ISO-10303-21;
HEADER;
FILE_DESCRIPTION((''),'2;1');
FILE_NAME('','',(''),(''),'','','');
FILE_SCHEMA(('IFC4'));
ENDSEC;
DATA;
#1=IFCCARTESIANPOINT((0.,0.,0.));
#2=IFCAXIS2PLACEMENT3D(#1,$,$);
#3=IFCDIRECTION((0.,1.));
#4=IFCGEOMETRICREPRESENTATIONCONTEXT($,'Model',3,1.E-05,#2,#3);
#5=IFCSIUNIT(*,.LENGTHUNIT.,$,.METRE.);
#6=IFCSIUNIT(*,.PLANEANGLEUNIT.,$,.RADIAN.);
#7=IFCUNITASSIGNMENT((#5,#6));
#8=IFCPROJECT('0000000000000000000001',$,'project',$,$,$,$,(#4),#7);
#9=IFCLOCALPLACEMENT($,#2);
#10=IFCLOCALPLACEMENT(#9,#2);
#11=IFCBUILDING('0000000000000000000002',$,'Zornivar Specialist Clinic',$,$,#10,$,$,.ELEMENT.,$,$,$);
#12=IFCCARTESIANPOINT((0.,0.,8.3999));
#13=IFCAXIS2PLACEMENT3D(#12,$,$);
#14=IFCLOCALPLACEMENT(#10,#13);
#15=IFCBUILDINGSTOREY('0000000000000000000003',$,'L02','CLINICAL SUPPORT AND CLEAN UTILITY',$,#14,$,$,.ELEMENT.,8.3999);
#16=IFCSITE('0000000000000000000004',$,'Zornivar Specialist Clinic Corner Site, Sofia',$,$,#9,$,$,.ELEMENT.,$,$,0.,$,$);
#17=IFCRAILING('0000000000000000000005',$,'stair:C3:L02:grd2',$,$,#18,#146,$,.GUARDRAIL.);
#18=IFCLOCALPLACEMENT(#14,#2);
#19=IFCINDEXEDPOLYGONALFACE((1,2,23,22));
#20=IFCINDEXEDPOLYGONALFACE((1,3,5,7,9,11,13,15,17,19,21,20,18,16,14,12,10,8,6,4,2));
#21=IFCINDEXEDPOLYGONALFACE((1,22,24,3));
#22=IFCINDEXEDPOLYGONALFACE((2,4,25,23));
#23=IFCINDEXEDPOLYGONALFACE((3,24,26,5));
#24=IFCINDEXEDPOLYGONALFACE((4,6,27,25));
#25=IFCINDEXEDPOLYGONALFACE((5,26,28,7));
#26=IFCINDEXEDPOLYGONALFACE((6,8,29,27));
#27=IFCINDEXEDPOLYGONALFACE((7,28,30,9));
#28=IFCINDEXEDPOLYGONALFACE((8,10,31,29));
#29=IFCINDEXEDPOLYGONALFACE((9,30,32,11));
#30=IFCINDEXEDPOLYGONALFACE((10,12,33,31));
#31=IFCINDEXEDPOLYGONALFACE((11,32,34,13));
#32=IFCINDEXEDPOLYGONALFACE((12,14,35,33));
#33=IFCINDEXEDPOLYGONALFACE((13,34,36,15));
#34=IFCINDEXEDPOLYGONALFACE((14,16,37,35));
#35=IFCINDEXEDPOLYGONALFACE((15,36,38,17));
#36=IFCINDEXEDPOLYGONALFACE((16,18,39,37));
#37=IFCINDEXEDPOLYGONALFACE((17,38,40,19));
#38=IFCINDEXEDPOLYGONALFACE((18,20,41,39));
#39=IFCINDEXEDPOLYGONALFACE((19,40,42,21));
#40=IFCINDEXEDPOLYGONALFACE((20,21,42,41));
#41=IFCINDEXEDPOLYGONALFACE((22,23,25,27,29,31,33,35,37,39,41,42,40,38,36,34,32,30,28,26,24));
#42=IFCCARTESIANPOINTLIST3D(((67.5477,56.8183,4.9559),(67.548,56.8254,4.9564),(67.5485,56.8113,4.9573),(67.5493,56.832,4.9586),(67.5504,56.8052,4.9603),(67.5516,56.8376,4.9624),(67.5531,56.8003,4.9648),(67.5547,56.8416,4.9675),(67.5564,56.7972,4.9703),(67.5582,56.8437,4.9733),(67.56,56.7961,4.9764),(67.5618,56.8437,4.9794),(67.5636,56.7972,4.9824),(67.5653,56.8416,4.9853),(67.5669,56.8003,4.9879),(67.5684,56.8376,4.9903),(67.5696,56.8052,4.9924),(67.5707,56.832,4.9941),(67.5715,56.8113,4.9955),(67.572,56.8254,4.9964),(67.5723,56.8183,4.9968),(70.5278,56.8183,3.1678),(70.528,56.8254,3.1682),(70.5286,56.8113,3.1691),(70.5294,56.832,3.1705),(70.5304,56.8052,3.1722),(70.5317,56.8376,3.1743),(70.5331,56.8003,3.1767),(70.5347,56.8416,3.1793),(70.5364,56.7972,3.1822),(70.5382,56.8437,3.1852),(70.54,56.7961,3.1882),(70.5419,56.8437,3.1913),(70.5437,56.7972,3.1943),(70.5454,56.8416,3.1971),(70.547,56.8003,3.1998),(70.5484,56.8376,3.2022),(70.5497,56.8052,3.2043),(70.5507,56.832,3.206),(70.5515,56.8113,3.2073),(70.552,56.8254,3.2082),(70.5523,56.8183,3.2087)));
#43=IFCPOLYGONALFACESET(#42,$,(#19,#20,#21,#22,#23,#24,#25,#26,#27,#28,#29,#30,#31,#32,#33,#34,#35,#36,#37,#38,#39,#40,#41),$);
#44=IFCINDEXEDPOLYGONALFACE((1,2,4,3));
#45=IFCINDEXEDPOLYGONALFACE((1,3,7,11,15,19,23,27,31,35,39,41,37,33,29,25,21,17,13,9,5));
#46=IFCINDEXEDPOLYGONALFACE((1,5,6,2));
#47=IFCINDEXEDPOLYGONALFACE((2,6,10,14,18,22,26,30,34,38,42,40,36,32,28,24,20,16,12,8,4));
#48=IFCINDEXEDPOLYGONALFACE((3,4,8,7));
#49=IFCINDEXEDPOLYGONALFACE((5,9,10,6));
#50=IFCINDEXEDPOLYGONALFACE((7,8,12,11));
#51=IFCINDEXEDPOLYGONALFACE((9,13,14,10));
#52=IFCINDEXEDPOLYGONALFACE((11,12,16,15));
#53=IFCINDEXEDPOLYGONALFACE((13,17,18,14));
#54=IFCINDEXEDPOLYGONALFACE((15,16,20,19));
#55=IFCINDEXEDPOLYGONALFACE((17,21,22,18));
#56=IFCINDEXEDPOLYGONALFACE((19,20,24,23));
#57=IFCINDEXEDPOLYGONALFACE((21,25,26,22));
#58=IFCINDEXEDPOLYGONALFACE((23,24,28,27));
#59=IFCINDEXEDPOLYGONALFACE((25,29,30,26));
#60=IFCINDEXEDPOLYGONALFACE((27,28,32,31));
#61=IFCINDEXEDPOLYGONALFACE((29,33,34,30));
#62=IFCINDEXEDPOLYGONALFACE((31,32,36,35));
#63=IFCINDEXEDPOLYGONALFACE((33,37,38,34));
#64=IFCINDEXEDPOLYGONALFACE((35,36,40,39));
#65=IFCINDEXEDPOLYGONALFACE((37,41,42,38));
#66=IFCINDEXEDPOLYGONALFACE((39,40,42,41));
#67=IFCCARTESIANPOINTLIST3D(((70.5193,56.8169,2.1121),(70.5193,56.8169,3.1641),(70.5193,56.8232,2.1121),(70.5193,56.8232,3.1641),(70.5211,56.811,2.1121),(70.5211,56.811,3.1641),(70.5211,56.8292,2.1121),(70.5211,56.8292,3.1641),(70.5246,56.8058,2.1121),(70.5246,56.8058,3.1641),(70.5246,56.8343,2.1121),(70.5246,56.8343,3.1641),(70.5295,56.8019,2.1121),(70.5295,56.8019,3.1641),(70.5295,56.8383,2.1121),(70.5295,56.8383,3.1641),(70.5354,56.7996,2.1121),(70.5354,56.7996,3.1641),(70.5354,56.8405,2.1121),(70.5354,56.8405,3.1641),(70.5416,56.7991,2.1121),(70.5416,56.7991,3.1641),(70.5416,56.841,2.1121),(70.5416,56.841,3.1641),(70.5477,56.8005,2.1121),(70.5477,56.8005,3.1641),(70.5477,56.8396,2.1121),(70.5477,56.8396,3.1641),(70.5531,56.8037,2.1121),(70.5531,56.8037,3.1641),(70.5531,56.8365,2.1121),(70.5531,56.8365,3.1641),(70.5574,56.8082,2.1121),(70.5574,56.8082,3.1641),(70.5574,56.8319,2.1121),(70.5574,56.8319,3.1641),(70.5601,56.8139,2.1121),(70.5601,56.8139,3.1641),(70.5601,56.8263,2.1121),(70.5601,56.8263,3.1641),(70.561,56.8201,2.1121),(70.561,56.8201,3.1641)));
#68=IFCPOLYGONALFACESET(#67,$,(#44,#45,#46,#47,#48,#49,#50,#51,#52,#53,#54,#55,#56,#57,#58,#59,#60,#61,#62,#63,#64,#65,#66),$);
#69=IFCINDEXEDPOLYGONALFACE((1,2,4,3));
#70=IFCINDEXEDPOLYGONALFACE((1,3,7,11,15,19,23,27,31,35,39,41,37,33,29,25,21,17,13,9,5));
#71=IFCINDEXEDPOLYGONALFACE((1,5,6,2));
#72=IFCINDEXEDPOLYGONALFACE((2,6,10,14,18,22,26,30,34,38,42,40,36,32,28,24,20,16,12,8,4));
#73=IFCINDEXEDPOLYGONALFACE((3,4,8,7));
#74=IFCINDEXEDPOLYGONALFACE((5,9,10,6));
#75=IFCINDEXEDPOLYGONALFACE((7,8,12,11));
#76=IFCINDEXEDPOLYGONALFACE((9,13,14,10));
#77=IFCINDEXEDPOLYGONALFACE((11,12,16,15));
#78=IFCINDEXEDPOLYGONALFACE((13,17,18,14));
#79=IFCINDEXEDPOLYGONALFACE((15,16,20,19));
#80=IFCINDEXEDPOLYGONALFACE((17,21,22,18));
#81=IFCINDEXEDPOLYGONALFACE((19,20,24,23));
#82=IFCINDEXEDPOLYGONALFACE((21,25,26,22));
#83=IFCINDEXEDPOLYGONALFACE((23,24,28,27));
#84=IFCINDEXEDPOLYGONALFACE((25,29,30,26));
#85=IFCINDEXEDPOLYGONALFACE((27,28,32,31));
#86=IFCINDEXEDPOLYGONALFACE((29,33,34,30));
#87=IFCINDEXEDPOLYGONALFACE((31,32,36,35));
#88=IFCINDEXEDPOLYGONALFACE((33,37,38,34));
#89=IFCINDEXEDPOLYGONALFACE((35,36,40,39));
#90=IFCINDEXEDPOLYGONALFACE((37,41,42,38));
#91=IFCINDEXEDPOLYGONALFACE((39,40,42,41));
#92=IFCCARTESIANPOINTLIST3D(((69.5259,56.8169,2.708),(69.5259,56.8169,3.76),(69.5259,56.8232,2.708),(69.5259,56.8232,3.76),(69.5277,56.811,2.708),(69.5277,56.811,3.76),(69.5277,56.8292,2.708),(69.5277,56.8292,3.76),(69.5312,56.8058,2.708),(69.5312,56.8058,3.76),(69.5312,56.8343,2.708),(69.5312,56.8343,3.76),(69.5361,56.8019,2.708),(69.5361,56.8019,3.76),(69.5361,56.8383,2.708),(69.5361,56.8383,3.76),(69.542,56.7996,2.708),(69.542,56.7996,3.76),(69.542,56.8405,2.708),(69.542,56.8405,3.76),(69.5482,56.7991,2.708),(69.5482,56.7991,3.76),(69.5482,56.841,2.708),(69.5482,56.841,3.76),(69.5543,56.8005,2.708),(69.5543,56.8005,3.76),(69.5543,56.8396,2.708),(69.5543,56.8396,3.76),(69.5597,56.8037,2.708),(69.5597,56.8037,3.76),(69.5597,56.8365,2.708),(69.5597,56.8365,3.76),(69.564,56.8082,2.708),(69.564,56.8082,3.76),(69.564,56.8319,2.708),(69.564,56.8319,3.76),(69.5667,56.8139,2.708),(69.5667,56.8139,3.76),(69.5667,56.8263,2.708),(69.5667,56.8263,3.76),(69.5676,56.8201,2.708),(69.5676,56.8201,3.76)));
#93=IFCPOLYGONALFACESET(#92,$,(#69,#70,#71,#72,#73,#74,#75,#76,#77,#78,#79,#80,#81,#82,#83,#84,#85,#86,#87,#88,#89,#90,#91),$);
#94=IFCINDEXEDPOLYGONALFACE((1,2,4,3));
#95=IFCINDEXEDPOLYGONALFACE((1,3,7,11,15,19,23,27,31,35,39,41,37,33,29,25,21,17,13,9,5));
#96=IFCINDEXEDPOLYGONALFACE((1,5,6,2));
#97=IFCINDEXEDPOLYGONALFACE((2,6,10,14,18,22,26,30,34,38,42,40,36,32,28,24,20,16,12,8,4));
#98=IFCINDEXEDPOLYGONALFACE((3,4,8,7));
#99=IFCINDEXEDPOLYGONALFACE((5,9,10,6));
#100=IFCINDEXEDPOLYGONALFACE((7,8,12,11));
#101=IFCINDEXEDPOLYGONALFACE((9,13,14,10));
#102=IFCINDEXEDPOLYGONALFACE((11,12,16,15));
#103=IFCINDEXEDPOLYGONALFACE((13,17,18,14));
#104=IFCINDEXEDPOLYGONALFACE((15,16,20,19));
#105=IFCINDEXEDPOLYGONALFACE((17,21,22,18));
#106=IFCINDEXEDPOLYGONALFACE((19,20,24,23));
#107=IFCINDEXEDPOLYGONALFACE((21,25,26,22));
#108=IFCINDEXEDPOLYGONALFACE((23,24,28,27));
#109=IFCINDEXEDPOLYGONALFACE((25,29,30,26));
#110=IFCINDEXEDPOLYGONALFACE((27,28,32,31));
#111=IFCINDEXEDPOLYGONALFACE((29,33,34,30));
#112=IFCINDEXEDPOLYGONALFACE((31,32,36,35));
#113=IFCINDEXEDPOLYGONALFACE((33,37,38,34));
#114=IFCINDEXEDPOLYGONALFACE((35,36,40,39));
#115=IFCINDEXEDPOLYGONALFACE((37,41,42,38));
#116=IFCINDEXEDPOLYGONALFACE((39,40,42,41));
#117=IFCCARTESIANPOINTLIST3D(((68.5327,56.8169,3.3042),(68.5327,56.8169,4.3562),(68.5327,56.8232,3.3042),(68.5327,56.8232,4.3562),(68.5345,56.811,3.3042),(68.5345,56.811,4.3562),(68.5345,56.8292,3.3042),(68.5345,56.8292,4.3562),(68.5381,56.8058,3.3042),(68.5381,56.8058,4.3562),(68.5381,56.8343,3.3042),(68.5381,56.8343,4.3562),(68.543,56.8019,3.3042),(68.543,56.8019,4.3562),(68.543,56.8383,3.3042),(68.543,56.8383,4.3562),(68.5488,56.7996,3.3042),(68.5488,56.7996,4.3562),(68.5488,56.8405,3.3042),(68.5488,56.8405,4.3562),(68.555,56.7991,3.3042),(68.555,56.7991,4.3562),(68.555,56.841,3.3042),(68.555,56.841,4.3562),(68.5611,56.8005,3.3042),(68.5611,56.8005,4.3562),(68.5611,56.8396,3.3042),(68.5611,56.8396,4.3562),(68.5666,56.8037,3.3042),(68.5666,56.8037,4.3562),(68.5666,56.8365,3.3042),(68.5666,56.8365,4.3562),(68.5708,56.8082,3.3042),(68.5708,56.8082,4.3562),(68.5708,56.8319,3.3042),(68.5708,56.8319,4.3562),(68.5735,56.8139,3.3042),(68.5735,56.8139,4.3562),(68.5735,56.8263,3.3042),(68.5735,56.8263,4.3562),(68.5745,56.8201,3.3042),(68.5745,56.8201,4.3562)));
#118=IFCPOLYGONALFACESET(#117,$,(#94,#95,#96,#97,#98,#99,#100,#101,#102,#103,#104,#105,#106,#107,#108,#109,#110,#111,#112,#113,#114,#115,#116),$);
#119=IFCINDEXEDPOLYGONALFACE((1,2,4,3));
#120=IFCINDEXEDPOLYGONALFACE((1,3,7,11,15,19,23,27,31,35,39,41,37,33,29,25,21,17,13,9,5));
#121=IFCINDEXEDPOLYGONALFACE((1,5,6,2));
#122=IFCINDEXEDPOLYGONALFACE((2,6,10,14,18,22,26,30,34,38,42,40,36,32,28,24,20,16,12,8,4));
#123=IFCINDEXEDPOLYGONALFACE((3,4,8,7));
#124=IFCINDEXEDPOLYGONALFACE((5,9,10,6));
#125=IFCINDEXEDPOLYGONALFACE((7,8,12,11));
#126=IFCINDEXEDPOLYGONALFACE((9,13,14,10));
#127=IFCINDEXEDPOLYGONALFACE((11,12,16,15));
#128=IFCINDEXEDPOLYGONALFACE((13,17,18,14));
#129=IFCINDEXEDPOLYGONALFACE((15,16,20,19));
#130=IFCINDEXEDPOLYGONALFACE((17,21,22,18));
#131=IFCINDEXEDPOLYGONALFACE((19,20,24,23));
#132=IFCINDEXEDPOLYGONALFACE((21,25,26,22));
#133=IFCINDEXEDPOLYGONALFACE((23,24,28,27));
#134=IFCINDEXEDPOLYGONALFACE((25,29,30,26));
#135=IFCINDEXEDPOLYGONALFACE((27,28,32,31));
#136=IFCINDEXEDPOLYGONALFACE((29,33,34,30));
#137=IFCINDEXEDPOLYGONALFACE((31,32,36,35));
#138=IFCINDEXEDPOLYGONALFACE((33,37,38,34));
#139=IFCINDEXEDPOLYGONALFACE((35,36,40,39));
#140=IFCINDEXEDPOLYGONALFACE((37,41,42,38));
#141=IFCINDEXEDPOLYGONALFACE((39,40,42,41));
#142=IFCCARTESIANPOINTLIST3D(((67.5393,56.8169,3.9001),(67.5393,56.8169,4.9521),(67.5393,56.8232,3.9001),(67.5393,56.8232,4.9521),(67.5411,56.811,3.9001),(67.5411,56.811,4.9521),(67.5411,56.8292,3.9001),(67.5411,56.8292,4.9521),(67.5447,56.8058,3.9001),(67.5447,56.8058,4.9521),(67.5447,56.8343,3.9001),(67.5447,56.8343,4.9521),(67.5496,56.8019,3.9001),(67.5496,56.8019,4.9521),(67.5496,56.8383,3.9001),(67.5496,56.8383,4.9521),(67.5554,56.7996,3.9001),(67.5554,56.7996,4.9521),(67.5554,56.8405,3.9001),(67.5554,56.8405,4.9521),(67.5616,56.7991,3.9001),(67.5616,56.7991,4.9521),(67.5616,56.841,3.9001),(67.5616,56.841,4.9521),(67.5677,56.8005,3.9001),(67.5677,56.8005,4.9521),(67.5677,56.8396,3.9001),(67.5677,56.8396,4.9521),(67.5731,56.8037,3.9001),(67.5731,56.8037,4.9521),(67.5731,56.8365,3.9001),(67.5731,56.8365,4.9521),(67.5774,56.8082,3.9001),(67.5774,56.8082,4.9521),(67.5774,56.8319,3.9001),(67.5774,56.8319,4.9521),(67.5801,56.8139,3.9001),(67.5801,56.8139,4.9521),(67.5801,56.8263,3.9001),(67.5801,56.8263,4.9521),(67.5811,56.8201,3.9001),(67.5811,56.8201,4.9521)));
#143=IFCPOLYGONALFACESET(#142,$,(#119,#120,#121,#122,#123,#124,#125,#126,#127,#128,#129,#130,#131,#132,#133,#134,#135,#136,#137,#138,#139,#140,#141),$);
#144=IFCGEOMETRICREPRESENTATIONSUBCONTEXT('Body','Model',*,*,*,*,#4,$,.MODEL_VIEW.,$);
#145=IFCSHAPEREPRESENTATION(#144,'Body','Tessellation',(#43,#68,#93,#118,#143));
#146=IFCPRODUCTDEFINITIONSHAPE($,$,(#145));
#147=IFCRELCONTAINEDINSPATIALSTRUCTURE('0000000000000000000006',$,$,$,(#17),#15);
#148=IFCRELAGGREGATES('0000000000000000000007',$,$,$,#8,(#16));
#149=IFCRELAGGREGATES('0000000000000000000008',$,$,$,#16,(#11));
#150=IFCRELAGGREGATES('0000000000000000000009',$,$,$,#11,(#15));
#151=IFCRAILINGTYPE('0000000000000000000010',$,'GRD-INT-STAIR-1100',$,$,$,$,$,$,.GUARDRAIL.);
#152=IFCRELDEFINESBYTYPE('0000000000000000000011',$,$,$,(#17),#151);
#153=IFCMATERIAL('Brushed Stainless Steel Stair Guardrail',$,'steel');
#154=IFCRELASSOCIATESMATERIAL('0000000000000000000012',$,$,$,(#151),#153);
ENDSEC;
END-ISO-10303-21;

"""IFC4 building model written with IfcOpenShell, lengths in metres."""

from ifc_helpers import new_model, si_unit, direction, frame, origin, origin_2d, place, context, subcontext, project, spatial, circle, extrude, material, type_object, element, save


model = new_model("IFC4")

# Units and contexts
model_context = context("Model", 3, precision=1e-05, world=origin(), true_north=direction((0.0, 1.0)))
body_context = subcontext(model_context, "Body", "Model", "MODEL_VIEW")
ifc_project = project(units=[si_unit("LENGTHUNIT", "METRE"), si_unit("PLANEANGLEUNIT", "RADIAN")], contexts=[model_context])

# Site, building, storey
site_placement = place(None, origin())
site = spatial("IfcSite", under=ifc_project, at=site_placement, Name="Zornivar Specialist Clinic Corner Site, Sofia", CompositionType="ELEMENT", RefElevation=0.0)
building_placement = place(site_placement, origin())
building = spatial("IfcBuilding", under=site, at=building_placement, Name="Zornivar Specialist Clinic", CompositionType="ELEMENT")
storey_placement = place(building_placement, frame((0.0, 0.0, 8.3999)))
storey = spatial("IfcBuildingStorey", under=building, at=storey_placement, Name="L02", Description="CLINICAL SUPPORT AND CLEAN UTILITY", CompositionType="ELEMENT", Elevation=8.3999)

# Railing
ifc_material_1 = material(Name="Brushed Stainless Steel Stair Guardrail", Category="steel")
railing_type_1 = type_object("IfcRailingType", Name="GRD-INT-STAIR-1100", PredefinedType="GUARDRAIL", material=ifc_material_1)
railing_1_placement = place(storey_placement, frame((70.54, 56.8201, 2.1121)))
element("IfcRailing", 1, at=railing_1_placement, inside=storey, type_object=railing_type_1, Name="stair:C3:L02:grd2", PredefinedType="GUARDRAIL", context=body_context, shape_type="SweptSolid", body=[
    extrude(circle(Radius=0.0239, at=origin_2d()), frame((0.0, 0.0, 1.0762), z_axis=(-0.857481, 0.0, 0.514516), x_axis=(0.0, -1.0, 0.0)), (0.0, 0.0, 1.0), 3.4753),
    extrude(circle(Radius=0.021, at=origin_2d()), origin(), (0.0, 0.0, 1.0), 1.052),
    extrude(circle(Radius=0.021, at=origin_2d()), frame((-0.9934, 0.0, 0.5959)), (0.0, 0.0, 1.0), 1.052),
    extrude(circle(Radius=0.021, at=origin_2d()), frame((-1.9866, 0.0, 1.1921)), (0.0, 0.0, 1.0), 1.052),
    extrude(circle(Radius=0.021, at=origin_2d()), frame((-2.98, 0.0, 1.7881)), (0.0, 0.0, 1.0), 1.052),
])

save(model, "model.ifc")
